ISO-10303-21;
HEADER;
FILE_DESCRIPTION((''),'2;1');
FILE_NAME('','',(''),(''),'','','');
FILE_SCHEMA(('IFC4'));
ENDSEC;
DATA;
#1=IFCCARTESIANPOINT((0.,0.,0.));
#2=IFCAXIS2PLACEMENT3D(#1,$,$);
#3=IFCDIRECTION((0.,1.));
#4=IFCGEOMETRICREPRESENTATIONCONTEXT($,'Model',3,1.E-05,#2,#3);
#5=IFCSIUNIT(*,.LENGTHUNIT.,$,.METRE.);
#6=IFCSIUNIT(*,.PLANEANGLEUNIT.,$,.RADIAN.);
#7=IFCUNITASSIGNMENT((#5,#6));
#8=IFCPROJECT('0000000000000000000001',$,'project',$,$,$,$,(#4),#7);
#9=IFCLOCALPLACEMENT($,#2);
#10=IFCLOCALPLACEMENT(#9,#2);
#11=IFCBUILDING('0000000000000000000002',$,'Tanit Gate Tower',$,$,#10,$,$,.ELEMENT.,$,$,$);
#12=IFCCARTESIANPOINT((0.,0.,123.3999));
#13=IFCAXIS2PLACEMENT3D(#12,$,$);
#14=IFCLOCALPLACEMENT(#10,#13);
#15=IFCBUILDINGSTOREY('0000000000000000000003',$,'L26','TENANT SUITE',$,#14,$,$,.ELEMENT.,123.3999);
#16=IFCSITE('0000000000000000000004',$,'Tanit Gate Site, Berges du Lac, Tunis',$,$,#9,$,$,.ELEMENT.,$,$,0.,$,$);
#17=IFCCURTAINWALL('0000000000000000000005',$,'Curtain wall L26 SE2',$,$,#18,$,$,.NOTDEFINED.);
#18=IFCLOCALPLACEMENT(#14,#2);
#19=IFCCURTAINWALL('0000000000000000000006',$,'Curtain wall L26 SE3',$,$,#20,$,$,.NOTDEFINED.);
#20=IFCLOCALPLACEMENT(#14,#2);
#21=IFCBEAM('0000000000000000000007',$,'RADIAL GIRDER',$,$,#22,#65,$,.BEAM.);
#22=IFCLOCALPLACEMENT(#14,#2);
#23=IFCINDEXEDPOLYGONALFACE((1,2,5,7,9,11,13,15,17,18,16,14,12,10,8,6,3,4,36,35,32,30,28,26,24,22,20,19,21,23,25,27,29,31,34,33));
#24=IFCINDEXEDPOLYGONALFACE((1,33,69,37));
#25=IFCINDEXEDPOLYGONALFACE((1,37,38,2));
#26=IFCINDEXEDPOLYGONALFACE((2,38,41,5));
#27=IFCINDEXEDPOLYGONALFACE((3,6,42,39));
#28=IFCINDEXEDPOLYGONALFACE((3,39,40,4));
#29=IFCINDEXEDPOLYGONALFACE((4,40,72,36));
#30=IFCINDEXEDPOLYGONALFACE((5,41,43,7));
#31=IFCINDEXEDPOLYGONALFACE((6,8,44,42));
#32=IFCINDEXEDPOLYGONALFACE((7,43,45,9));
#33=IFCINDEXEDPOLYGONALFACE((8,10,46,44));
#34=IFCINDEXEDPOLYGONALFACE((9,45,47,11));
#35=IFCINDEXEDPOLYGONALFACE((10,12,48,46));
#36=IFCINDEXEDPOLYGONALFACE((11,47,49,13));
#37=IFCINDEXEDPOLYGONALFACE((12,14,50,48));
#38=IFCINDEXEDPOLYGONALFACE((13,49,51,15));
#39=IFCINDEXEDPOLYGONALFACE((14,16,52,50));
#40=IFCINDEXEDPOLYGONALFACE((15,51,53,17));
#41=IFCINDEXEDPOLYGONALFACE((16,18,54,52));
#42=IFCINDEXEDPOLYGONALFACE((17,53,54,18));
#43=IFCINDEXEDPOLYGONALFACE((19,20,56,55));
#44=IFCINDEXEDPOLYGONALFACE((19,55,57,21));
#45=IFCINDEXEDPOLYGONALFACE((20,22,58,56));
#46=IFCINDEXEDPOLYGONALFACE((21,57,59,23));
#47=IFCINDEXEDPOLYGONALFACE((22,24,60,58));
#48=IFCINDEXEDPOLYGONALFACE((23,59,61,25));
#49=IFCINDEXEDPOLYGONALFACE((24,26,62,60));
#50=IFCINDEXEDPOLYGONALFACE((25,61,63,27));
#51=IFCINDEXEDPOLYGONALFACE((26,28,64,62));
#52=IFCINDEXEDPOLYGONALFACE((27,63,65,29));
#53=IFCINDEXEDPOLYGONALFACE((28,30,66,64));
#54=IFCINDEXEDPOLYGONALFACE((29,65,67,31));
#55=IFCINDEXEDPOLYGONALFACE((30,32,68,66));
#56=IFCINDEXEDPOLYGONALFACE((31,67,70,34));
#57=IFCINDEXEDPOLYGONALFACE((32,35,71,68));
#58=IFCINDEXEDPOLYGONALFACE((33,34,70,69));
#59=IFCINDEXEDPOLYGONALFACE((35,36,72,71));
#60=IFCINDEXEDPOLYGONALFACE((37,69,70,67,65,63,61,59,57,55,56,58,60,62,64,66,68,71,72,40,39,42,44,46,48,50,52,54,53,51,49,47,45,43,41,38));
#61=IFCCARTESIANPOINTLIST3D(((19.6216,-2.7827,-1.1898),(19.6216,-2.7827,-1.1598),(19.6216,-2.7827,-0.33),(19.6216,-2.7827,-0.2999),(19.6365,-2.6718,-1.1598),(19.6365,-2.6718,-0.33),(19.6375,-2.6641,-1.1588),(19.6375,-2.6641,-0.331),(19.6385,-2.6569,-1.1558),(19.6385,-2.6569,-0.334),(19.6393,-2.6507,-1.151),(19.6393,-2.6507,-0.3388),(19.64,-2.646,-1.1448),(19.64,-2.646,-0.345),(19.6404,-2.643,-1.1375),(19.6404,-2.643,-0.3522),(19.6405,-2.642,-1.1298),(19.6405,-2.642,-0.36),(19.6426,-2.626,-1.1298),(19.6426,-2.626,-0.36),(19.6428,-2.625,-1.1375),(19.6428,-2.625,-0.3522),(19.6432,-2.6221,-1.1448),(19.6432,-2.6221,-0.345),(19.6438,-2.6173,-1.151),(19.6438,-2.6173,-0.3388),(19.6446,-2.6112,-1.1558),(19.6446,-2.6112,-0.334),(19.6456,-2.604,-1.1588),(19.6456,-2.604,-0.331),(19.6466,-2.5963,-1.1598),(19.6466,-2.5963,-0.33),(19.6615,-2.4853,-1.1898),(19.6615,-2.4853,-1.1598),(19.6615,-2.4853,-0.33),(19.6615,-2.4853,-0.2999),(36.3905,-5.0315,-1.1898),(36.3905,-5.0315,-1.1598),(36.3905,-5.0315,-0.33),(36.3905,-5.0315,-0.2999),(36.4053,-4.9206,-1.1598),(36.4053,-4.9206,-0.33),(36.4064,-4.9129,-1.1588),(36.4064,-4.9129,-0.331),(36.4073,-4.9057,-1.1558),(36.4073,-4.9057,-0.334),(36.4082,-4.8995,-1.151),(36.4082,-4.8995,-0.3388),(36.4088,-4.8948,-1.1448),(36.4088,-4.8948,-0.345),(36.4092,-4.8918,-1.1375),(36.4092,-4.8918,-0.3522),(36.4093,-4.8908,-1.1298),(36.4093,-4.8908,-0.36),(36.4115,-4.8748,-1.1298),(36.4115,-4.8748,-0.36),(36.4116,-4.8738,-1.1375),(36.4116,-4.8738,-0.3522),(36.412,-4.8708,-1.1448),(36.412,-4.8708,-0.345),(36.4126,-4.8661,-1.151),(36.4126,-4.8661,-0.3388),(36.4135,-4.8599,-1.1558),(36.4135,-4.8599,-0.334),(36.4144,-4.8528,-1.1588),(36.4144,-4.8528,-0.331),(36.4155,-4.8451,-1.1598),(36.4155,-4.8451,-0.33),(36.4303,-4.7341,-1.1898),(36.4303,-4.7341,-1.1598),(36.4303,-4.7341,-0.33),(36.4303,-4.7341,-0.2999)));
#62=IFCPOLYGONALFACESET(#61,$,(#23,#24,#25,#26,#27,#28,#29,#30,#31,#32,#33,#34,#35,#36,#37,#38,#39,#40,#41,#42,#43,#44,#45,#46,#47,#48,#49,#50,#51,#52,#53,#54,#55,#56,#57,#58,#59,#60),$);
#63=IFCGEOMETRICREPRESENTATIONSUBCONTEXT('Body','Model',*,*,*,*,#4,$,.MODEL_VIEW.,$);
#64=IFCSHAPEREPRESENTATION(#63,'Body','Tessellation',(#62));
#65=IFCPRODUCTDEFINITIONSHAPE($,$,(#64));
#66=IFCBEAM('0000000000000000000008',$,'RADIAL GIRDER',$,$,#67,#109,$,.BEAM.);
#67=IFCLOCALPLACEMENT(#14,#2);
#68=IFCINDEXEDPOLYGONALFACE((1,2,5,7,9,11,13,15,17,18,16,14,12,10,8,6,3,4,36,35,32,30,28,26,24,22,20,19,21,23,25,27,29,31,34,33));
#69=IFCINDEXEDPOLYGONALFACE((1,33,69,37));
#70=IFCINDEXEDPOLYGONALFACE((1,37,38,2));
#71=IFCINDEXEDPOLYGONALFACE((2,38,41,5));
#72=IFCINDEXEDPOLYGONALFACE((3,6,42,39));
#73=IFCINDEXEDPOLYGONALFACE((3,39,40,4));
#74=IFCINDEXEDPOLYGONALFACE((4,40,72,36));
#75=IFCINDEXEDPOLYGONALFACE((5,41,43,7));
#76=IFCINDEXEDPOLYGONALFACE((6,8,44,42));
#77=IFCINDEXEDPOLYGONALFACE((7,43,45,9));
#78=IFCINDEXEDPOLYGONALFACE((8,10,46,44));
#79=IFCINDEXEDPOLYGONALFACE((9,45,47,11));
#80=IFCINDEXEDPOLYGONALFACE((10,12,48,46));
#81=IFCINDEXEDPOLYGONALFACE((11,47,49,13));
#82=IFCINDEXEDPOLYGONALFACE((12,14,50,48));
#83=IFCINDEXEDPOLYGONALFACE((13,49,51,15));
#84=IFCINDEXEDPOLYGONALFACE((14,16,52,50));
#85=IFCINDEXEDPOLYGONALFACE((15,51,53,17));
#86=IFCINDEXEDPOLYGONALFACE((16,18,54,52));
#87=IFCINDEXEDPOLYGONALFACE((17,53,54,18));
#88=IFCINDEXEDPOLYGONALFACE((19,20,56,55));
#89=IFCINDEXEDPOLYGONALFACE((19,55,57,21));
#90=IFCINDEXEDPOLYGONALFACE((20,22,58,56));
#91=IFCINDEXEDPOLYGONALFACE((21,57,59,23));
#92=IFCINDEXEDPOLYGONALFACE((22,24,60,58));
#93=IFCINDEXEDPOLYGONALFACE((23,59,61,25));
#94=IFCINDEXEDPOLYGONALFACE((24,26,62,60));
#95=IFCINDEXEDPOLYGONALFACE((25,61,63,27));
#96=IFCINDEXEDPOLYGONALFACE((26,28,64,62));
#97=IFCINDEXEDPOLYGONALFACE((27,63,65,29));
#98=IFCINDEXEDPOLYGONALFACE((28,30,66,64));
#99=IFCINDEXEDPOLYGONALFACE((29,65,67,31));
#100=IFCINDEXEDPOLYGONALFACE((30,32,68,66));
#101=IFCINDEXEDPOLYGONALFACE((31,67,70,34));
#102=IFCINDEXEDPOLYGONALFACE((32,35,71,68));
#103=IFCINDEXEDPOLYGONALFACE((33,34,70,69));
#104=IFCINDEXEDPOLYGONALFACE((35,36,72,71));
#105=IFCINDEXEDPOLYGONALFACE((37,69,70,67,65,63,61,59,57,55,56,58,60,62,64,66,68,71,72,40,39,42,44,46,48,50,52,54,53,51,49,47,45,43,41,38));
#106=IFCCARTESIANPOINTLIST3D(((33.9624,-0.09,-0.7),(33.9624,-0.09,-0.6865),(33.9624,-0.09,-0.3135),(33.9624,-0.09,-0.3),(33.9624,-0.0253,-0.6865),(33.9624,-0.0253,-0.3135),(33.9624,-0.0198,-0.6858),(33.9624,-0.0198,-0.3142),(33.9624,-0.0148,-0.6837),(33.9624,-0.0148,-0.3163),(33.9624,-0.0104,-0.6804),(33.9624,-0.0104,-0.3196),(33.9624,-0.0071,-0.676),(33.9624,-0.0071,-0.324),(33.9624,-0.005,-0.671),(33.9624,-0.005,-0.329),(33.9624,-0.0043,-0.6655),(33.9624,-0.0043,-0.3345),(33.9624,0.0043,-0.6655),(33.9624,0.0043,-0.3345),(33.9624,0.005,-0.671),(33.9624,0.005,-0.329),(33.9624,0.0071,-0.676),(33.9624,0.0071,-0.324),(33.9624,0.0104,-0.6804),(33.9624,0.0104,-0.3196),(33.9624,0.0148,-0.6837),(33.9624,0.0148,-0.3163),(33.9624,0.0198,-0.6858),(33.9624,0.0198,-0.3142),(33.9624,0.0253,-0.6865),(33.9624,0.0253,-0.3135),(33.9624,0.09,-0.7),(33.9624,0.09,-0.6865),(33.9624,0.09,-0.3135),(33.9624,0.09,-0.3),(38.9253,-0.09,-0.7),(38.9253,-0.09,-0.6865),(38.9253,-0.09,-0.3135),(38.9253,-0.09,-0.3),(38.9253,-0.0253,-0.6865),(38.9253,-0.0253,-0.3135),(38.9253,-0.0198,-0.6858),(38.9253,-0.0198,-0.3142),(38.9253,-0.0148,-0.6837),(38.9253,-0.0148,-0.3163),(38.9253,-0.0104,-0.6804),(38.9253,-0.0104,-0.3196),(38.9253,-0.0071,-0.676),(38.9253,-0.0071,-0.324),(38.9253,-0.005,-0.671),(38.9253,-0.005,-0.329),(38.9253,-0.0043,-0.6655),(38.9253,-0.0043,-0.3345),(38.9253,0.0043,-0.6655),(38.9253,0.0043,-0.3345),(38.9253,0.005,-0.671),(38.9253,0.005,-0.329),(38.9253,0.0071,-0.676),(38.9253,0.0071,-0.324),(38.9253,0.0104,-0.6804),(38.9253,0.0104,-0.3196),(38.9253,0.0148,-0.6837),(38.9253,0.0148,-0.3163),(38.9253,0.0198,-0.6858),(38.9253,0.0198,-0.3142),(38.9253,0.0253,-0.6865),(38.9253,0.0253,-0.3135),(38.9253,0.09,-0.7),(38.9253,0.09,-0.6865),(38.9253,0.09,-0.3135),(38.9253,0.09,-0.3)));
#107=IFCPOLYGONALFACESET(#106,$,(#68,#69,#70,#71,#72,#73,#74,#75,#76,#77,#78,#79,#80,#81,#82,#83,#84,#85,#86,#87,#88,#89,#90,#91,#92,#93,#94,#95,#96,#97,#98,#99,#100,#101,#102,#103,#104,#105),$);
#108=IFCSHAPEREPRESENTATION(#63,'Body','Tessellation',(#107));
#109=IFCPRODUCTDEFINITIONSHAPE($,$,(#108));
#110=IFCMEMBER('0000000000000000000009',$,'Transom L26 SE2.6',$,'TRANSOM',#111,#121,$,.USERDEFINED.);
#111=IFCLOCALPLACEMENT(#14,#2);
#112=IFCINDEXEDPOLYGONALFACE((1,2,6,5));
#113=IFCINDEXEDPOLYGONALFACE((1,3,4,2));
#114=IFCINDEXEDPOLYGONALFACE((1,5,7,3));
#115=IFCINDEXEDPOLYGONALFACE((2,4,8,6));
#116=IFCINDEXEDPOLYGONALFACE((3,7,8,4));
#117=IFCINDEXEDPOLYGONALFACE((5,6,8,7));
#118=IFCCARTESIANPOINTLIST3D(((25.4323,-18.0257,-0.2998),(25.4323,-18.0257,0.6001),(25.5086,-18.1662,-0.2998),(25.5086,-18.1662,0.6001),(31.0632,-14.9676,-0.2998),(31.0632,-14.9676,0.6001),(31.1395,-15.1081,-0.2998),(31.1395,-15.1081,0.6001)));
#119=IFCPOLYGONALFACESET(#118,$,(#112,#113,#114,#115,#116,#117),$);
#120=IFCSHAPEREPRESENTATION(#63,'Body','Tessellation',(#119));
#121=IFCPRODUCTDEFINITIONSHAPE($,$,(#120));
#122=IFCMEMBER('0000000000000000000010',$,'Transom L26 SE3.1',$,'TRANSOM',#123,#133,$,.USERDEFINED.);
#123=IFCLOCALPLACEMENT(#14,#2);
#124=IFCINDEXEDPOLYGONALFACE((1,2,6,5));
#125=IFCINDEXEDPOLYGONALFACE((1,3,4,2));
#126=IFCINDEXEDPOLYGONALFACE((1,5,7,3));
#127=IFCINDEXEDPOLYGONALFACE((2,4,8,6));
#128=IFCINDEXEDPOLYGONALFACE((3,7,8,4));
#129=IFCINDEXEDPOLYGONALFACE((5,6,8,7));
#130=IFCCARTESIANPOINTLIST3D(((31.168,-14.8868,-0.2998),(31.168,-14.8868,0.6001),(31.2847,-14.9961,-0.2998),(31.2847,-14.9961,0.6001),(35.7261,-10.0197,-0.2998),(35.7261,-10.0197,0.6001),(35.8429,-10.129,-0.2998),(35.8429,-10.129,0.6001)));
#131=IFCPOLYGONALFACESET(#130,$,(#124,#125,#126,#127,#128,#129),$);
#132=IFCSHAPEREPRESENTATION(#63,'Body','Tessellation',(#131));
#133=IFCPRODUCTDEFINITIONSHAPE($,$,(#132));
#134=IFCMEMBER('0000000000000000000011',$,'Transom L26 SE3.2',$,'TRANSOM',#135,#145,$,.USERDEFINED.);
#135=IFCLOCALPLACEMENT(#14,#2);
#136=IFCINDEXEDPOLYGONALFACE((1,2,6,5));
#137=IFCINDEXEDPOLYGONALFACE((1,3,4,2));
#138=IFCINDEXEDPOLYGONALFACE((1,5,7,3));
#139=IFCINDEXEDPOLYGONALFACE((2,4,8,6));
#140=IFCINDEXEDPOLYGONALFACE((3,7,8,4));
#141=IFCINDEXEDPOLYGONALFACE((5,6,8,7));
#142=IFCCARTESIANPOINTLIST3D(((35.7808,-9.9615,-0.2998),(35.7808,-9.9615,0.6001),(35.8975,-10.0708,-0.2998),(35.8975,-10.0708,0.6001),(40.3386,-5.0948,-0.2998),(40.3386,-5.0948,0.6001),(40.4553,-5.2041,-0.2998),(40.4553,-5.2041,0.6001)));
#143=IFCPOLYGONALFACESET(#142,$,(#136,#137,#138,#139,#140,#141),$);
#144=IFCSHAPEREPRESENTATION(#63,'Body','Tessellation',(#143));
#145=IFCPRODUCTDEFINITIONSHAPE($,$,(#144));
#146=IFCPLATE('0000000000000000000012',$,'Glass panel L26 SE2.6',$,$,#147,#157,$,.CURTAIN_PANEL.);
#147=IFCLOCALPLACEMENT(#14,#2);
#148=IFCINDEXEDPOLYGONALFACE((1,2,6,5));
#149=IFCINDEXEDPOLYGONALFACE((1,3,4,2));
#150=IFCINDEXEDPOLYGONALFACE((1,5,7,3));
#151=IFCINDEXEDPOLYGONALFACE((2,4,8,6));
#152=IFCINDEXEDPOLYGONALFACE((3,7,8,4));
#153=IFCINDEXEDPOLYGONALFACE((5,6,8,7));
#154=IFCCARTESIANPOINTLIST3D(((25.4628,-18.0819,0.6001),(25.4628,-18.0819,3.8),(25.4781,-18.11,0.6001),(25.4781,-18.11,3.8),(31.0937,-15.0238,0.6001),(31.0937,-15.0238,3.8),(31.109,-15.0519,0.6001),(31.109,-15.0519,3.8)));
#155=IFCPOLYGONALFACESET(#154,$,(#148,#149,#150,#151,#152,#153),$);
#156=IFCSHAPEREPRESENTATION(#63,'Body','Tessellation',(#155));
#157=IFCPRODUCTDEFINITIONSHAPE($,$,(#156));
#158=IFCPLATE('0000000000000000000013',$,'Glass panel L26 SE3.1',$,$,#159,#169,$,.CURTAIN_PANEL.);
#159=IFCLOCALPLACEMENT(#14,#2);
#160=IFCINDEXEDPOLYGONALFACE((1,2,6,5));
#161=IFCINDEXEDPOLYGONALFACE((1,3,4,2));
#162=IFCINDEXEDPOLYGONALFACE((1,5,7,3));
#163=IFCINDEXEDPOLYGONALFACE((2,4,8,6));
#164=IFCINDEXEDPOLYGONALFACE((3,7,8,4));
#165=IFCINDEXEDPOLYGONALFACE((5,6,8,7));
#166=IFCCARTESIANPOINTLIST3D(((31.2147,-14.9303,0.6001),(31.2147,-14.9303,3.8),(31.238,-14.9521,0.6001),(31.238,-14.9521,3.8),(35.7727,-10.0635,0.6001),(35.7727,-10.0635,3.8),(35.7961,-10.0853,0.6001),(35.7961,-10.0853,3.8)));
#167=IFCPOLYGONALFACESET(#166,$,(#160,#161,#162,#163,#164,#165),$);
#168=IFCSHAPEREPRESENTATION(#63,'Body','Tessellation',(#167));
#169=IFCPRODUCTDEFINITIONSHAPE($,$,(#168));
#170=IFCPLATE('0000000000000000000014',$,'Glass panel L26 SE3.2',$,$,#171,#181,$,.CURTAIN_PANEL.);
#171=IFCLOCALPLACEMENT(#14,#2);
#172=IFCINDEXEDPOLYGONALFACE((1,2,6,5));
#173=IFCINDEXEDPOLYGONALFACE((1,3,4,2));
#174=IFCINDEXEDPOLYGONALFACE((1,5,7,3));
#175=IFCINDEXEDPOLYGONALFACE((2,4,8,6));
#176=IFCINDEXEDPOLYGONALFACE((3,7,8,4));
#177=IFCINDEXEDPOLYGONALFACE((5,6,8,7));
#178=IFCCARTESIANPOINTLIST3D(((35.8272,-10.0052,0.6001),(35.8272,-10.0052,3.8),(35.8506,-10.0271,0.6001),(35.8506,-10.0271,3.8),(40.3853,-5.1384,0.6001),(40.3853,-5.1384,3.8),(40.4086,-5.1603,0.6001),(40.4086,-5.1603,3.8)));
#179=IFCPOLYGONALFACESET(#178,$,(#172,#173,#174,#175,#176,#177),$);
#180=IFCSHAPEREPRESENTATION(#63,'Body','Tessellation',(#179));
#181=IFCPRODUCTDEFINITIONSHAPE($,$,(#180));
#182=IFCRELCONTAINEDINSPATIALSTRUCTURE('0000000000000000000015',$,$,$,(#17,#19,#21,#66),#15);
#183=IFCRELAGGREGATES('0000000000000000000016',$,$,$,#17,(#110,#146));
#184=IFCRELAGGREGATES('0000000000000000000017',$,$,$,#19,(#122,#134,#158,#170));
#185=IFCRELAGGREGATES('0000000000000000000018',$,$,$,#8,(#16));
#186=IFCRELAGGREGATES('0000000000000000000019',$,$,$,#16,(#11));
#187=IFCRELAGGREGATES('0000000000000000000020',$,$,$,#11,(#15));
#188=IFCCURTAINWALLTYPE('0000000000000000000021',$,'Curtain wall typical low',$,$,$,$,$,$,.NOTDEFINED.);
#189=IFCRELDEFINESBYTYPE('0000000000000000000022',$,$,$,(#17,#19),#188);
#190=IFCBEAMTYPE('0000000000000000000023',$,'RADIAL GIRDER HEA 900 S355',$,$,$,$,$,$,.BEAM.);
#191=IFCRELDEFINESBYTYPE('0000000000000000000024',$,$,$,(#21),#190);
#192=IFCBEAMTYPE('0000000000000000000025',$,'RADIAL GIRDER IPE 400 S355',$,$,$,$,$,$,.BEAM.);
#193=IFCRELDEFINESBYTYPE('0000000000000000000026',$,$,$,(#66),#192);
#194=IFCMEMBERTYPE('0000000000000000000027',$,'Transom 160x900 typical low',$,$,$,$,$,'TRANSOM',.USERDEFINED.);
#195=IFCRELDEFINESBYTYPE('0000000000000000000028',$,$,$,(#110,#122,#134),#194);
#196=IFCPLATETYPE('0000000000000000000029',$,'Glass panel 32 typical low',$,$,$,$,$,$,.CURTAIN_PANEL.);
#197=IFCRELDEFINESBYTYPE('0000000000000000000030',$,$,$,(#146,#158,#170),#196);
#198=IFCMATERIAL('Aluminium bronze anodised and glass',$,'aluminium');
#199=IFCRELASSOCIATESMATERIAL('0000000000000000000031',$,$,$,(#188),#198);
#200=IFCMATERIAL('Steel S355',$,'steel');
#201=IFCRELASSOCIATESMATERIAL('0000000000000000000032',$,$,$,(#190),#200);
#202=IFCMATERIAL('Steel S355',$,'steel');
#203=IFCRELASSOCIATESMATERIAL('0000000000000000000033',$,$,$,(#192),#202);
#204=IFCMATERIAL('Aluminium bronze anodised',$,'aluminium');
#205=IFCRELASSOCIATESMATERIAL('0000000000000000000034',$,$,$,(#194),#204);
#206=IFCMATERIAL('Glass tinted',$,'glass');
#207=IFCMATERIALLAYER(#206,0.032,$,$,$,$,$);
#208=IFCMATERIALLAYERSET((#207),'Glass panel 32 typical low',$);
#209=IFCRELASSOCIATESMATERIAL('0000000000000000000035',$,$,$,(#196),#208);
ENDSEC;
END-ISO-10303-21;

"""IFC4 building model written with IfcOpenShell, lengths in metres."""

from ifc_helpers import new_model, si_unit, direction, frame, origin, origin_2d, place, context, subcontext, project, spatial, rectangle, i_section, extrude, material, layer, layer_set, material_profile, profile_set, type_object, element, aggregate, save


model = new_model("IFC4")

# Units and contexts
model_context = context("Model", 3, precision=1e-05, world=origin(), true_north=direction((0.0, 1.0)))
body_context = subcontext(model_context, "Body", "Model", "MODEL_VIEW")
ifc_project = project(units=[si_unit("LENGTHUNIT", "METRE"), si_unit("PLANEANGLEUNIT", "RADIAN")], contexts=[model_context])

# Site, building, storey
site_placement = place(None, origin())
site = spatial("IfcSite", under=ifc_project, at=site_placement, Name="Tanit Gate Site, Berges du Lac, Tunis", CompositionType="ELEMENT", RefElevation=0.0)
building_placement = place(site_placement, origin())
building = spatial("IfcBuilding", under=site, at=building_placement, Name="Tanit Gate Tower", CompositionType="ELEMENT")
storey_placement = place(building_placement, frame((0.0, 0.0, 123.3999)))
storey = spatial("IfcBuildingStorey", under=building, at=storey_placement, Name="L26", Description="TENANT SUITE", CompositionType="ELEMENT", Elevation=123.3999)

# Curtain wall
ifc_material_1 = material(Name="Aluminium bronze anodised and glass", Category="aluminium")
curtain_wall_type = type_object("IfcCurtainWallType", Name="Curtain wall typical low", PredefinedType="NOTDEFINED", material=ifc_material_1)
curtain_wall_1_placement = place(storey_placement, origin())
curtain_wall_1 = element("IfcCurtainWall", 1, at=curtain_wall_1_placement, inside=storey, type_object=curtain_wall_type, Name="Curtain wall L26 SE2", PredefinedType="NOTDEFINED")

# Curtain wall
curtain_wall_2_placement = place(storey_placement, origin())
curtain_wall_2 = element("IfcCurtainWall", 2, at=curtain_wall_2_placement, inside=storey, type_object=curtain_wall_type, Name="Curtain wall L26 SE3", PredefinedType="NOTDEFINED")

# Beams
ifc_material_2 = material(Name="Steel S355", Category="steel")
ifc_material_profile_1 = material_profile(ifc_material_2, i_section(OverallWidth=0.3, OverallDepth=0.8899, WebThickness=0.0161, FlangeThickness=0.03, FilletRadius=0.03, at=origin_2d()), Name="HEA 900")
ifc_profile_set_1 = profile_set([ifc_material_profile_1], Name="Steel S355")
beam_type_1 = type_object("IfcBeamType", Name="RADIAL GIRDER HEA 900 S355", PredefinedType="BEAM", material=ifc_profile_set_1)
beam_1_placement = place(storey_placement, frame((36.4104, -4.8828, -0.7449), z_axis=(-0.991127, 0.132915, 0.0), x_axis=(-0.132915, -0.991127, 0.0)))
element("IfcBeam", 3, at=beam_1_placement, inside=storey, type_object=beam_type_1, Name="RADIAL GIRDER", PredefinedType="BEAM", context=body_context, shape_type="SweptSolid", body=[
    extrude(i_section(OverallWidth=0.3, OverallDepth=0.8899, WebThickness=0.0161, FlangeThickness=0.03, FilletRadius=0.03, at=origin_2d()), origin(), (0.0, 0.0, 1.0), 16.9189),
])
ifc_material_3 = material(Name="Steel S355", Category="steel")
ifc_material_profile_2 = material_profile(ifc_material_3, i_section(OverallWidth=0.1799, OverallDepth=0.3999, WebThickness=0.0085, FlangeThickness=0.0134, FilletRadius=0.021, at=origin_2d()), Name="IPE 400")
ifc_profile_set_2 = profile_set([ifc_material_profile_2], Name="Steel S355")
beam_type_2 = type_object("IfcBeamType", Name="RADIAL GIRDER IPE 400 S355", PredefinedType="BEAM", material=ifc_profile_set_2)
beam_2_placement = place(storey_placement, frame((38.9253, 0.0, -0.5), z_axis=(-1.0, 0.0, 0.0), x_axis=(0.0, -1.0, 0.0)))
element("IfcBeam", 4, at=beam_2_placement, inside=storey, type_object=beam_type_2, Name="RADIAL GIRDER", PredefinedType="BEAM", context=body_context, shape_type="SweptSolid", body=[
    extrude(i_section(OverallWidth=0.1799, OverallDepth=0.3999, WebThickness=0.0085, FlangeThickness=0.0134, FilletRadius=0.021, at=origin_2d()), origin(), (0.0, 0.0, 1.0), 4.9629),
])

# Members
ifc_material_4 = material(Name="Aluminium bronze anodised", Category="aluminium")
ifc_material_profile_3 = material_profile(ifc_material_4, rectangle(XDim=0.1599, YDim=0.8999, at=origin_2d()), Name="160x900 bronze transom")
ifc_profile_set_3 = profile_set([ifc_material_profile_3], Name="Aluminium bronze anodised")
member_type_1 = type_object("IfcMemberType", Name="Transom 160x900 typical low", ElementType="TRANSOM", PredefinedType="USERDEFINED", material=ifc_profile_set_3)
member_1_placement = place(storey_placement, frame((25.4705, -18.0959, 0.1501), z_axis=(0.878765, 0.477255, 0.0), x_axis=(-0.477255, 0.878765, 0.0)))
member_1 = element("IfcMember", 5, at=member_1_placement, type_object=member_type_1, Name="Transom L26 SE2.6", ObjectType="TRANSOM", PredefinedType="USERDEFINED", context=body_context, shape_type="SweptSolid", body=[
    extrude(rectangle(XDim=0.1599, YDim=0.8999, at=origin_2d()), origin(), (0.0, 0.0, 1.0), 6.4077),
])
member_2_placement = place(storey_placement, frame((31.2263, -14.9414, 0.1501), z_axis=(0.68357, 0.729885, 0.0), x_axis=(-0.729885, 0.68357, 0.0)))
member_2 = element("IfcMember", 6, at=member_2_placement, type_object=member_type_1, Name="Transom L26 SE3.1", ObjectType="TRANSOM", PredefinedType="USERDEFINED", context=body_context, shape_type="SweptSolid", body=[
    extrude(rectangle(XDim=0.1599, YDim=0.8999, at=origin_2d()), origin(), (0.0, 0.0, 1.0), 6.6682),
])
member_3_placement = place(storey_placement, frame((35.8391, -10.0161, 0.1501), z_axis=(0.683568, 0.729887, 0.0), x_axis=(-0.729887, 0.683568, 0.0)))
member_3 = element("IfcMember", 7, at=member_3_placement, type_object=member_type_1, Name="Transom L26 SE3.2", ObjectType="TRANSOM", PredefinedType="USERDEFINED", context=body_context, shape_type="SweptSolid", body=[
    extrude(rectangle(XDim=0.1599, YDim=0.8999, at=origin_2d()), origin(), (0.0, 0.0, 1.0), 6.6677),
])

# Plates
ifc_material_5 = material(Name="Glass tinted", Category="glass")
ifc_layer_1 = layer(ifc_material_5, 0.032)
ifc_layer_set_1 = layer_set([ifc_layer_1], Name="Glass panel 32 typical low")
plate_type = type_object("IfcPlateType", Name="Glass panel 32 typical low", PredefinedType="CURTAIN_PANEL", material=ifc_layer_set_1)
plate_1_placement = place(storey_placement, frame((28.2859, -16.5669, 0.6001), z_axis=(0.0, 0.0, 1.0), x_axis=(0.878762, 0.477259, 0.0)))
plate_1 = element("IfcPlate", 8, at=plate_1_placement, type_object=plate_type, Name="Glass panel L26 SE2.6", PredefinedType="CURTAIN_PANEL", context=body_context, shape_type="SweptSolid", body=[
    extrude(rectangle(XDim=6.4077, YDim=0.032, at=origin_2d()), origin(), (0.0, 0.0, 1.0), 3.2),
])
aggregate(curtain_wall_1, [member_1, plate_1])
plate_2_placement = place(storey_placement, frame((33.5054, -12.5078, 0.6001), z_axis=(0.0, 0.0, 1.0), x_axis=(0.683577, 0.729879, 0.0)))
plate_2 = element("IfcPlate", 9, at=plate_2_placement, type_object=plate_type, Name="Glass panel L26 SE3.1", PredefinedType="CURTAIN_PANEL", context=body_context, shape_type="SweptSolid", body=[
    extrude(rectangle(XDim=6.668, YDim=0.032, at=origin_2d()), origin(), (0.0, 0.0, 1.0), 3.2),
])
plate_3_placement = place(storey_placement, frame((38.1179, -7.5828, 0.6001), z_axis=(0.0, 0.0, 1.0), x_axis=(0.683577, 0.729879, 0.0)))
plate_3 = element("IfcPlate", 10, at=plate_3_placement, type_object=plate_type, Name="Glass panel L26 SE3.2", PredefinedType="CURTAIN_PANEL", context=body_context, shape_type="SweptSolid", body=[
    extrude(rectangle(XDim=6.668, YDim=0.032, at=origin_2d()), origin(), (0.0, 0.0, 1.0), 3.2),
])
aggregate(curtain_wall_2, [member_2, member_3, plate_2, plate_3])

save(model, "model.ifc")
